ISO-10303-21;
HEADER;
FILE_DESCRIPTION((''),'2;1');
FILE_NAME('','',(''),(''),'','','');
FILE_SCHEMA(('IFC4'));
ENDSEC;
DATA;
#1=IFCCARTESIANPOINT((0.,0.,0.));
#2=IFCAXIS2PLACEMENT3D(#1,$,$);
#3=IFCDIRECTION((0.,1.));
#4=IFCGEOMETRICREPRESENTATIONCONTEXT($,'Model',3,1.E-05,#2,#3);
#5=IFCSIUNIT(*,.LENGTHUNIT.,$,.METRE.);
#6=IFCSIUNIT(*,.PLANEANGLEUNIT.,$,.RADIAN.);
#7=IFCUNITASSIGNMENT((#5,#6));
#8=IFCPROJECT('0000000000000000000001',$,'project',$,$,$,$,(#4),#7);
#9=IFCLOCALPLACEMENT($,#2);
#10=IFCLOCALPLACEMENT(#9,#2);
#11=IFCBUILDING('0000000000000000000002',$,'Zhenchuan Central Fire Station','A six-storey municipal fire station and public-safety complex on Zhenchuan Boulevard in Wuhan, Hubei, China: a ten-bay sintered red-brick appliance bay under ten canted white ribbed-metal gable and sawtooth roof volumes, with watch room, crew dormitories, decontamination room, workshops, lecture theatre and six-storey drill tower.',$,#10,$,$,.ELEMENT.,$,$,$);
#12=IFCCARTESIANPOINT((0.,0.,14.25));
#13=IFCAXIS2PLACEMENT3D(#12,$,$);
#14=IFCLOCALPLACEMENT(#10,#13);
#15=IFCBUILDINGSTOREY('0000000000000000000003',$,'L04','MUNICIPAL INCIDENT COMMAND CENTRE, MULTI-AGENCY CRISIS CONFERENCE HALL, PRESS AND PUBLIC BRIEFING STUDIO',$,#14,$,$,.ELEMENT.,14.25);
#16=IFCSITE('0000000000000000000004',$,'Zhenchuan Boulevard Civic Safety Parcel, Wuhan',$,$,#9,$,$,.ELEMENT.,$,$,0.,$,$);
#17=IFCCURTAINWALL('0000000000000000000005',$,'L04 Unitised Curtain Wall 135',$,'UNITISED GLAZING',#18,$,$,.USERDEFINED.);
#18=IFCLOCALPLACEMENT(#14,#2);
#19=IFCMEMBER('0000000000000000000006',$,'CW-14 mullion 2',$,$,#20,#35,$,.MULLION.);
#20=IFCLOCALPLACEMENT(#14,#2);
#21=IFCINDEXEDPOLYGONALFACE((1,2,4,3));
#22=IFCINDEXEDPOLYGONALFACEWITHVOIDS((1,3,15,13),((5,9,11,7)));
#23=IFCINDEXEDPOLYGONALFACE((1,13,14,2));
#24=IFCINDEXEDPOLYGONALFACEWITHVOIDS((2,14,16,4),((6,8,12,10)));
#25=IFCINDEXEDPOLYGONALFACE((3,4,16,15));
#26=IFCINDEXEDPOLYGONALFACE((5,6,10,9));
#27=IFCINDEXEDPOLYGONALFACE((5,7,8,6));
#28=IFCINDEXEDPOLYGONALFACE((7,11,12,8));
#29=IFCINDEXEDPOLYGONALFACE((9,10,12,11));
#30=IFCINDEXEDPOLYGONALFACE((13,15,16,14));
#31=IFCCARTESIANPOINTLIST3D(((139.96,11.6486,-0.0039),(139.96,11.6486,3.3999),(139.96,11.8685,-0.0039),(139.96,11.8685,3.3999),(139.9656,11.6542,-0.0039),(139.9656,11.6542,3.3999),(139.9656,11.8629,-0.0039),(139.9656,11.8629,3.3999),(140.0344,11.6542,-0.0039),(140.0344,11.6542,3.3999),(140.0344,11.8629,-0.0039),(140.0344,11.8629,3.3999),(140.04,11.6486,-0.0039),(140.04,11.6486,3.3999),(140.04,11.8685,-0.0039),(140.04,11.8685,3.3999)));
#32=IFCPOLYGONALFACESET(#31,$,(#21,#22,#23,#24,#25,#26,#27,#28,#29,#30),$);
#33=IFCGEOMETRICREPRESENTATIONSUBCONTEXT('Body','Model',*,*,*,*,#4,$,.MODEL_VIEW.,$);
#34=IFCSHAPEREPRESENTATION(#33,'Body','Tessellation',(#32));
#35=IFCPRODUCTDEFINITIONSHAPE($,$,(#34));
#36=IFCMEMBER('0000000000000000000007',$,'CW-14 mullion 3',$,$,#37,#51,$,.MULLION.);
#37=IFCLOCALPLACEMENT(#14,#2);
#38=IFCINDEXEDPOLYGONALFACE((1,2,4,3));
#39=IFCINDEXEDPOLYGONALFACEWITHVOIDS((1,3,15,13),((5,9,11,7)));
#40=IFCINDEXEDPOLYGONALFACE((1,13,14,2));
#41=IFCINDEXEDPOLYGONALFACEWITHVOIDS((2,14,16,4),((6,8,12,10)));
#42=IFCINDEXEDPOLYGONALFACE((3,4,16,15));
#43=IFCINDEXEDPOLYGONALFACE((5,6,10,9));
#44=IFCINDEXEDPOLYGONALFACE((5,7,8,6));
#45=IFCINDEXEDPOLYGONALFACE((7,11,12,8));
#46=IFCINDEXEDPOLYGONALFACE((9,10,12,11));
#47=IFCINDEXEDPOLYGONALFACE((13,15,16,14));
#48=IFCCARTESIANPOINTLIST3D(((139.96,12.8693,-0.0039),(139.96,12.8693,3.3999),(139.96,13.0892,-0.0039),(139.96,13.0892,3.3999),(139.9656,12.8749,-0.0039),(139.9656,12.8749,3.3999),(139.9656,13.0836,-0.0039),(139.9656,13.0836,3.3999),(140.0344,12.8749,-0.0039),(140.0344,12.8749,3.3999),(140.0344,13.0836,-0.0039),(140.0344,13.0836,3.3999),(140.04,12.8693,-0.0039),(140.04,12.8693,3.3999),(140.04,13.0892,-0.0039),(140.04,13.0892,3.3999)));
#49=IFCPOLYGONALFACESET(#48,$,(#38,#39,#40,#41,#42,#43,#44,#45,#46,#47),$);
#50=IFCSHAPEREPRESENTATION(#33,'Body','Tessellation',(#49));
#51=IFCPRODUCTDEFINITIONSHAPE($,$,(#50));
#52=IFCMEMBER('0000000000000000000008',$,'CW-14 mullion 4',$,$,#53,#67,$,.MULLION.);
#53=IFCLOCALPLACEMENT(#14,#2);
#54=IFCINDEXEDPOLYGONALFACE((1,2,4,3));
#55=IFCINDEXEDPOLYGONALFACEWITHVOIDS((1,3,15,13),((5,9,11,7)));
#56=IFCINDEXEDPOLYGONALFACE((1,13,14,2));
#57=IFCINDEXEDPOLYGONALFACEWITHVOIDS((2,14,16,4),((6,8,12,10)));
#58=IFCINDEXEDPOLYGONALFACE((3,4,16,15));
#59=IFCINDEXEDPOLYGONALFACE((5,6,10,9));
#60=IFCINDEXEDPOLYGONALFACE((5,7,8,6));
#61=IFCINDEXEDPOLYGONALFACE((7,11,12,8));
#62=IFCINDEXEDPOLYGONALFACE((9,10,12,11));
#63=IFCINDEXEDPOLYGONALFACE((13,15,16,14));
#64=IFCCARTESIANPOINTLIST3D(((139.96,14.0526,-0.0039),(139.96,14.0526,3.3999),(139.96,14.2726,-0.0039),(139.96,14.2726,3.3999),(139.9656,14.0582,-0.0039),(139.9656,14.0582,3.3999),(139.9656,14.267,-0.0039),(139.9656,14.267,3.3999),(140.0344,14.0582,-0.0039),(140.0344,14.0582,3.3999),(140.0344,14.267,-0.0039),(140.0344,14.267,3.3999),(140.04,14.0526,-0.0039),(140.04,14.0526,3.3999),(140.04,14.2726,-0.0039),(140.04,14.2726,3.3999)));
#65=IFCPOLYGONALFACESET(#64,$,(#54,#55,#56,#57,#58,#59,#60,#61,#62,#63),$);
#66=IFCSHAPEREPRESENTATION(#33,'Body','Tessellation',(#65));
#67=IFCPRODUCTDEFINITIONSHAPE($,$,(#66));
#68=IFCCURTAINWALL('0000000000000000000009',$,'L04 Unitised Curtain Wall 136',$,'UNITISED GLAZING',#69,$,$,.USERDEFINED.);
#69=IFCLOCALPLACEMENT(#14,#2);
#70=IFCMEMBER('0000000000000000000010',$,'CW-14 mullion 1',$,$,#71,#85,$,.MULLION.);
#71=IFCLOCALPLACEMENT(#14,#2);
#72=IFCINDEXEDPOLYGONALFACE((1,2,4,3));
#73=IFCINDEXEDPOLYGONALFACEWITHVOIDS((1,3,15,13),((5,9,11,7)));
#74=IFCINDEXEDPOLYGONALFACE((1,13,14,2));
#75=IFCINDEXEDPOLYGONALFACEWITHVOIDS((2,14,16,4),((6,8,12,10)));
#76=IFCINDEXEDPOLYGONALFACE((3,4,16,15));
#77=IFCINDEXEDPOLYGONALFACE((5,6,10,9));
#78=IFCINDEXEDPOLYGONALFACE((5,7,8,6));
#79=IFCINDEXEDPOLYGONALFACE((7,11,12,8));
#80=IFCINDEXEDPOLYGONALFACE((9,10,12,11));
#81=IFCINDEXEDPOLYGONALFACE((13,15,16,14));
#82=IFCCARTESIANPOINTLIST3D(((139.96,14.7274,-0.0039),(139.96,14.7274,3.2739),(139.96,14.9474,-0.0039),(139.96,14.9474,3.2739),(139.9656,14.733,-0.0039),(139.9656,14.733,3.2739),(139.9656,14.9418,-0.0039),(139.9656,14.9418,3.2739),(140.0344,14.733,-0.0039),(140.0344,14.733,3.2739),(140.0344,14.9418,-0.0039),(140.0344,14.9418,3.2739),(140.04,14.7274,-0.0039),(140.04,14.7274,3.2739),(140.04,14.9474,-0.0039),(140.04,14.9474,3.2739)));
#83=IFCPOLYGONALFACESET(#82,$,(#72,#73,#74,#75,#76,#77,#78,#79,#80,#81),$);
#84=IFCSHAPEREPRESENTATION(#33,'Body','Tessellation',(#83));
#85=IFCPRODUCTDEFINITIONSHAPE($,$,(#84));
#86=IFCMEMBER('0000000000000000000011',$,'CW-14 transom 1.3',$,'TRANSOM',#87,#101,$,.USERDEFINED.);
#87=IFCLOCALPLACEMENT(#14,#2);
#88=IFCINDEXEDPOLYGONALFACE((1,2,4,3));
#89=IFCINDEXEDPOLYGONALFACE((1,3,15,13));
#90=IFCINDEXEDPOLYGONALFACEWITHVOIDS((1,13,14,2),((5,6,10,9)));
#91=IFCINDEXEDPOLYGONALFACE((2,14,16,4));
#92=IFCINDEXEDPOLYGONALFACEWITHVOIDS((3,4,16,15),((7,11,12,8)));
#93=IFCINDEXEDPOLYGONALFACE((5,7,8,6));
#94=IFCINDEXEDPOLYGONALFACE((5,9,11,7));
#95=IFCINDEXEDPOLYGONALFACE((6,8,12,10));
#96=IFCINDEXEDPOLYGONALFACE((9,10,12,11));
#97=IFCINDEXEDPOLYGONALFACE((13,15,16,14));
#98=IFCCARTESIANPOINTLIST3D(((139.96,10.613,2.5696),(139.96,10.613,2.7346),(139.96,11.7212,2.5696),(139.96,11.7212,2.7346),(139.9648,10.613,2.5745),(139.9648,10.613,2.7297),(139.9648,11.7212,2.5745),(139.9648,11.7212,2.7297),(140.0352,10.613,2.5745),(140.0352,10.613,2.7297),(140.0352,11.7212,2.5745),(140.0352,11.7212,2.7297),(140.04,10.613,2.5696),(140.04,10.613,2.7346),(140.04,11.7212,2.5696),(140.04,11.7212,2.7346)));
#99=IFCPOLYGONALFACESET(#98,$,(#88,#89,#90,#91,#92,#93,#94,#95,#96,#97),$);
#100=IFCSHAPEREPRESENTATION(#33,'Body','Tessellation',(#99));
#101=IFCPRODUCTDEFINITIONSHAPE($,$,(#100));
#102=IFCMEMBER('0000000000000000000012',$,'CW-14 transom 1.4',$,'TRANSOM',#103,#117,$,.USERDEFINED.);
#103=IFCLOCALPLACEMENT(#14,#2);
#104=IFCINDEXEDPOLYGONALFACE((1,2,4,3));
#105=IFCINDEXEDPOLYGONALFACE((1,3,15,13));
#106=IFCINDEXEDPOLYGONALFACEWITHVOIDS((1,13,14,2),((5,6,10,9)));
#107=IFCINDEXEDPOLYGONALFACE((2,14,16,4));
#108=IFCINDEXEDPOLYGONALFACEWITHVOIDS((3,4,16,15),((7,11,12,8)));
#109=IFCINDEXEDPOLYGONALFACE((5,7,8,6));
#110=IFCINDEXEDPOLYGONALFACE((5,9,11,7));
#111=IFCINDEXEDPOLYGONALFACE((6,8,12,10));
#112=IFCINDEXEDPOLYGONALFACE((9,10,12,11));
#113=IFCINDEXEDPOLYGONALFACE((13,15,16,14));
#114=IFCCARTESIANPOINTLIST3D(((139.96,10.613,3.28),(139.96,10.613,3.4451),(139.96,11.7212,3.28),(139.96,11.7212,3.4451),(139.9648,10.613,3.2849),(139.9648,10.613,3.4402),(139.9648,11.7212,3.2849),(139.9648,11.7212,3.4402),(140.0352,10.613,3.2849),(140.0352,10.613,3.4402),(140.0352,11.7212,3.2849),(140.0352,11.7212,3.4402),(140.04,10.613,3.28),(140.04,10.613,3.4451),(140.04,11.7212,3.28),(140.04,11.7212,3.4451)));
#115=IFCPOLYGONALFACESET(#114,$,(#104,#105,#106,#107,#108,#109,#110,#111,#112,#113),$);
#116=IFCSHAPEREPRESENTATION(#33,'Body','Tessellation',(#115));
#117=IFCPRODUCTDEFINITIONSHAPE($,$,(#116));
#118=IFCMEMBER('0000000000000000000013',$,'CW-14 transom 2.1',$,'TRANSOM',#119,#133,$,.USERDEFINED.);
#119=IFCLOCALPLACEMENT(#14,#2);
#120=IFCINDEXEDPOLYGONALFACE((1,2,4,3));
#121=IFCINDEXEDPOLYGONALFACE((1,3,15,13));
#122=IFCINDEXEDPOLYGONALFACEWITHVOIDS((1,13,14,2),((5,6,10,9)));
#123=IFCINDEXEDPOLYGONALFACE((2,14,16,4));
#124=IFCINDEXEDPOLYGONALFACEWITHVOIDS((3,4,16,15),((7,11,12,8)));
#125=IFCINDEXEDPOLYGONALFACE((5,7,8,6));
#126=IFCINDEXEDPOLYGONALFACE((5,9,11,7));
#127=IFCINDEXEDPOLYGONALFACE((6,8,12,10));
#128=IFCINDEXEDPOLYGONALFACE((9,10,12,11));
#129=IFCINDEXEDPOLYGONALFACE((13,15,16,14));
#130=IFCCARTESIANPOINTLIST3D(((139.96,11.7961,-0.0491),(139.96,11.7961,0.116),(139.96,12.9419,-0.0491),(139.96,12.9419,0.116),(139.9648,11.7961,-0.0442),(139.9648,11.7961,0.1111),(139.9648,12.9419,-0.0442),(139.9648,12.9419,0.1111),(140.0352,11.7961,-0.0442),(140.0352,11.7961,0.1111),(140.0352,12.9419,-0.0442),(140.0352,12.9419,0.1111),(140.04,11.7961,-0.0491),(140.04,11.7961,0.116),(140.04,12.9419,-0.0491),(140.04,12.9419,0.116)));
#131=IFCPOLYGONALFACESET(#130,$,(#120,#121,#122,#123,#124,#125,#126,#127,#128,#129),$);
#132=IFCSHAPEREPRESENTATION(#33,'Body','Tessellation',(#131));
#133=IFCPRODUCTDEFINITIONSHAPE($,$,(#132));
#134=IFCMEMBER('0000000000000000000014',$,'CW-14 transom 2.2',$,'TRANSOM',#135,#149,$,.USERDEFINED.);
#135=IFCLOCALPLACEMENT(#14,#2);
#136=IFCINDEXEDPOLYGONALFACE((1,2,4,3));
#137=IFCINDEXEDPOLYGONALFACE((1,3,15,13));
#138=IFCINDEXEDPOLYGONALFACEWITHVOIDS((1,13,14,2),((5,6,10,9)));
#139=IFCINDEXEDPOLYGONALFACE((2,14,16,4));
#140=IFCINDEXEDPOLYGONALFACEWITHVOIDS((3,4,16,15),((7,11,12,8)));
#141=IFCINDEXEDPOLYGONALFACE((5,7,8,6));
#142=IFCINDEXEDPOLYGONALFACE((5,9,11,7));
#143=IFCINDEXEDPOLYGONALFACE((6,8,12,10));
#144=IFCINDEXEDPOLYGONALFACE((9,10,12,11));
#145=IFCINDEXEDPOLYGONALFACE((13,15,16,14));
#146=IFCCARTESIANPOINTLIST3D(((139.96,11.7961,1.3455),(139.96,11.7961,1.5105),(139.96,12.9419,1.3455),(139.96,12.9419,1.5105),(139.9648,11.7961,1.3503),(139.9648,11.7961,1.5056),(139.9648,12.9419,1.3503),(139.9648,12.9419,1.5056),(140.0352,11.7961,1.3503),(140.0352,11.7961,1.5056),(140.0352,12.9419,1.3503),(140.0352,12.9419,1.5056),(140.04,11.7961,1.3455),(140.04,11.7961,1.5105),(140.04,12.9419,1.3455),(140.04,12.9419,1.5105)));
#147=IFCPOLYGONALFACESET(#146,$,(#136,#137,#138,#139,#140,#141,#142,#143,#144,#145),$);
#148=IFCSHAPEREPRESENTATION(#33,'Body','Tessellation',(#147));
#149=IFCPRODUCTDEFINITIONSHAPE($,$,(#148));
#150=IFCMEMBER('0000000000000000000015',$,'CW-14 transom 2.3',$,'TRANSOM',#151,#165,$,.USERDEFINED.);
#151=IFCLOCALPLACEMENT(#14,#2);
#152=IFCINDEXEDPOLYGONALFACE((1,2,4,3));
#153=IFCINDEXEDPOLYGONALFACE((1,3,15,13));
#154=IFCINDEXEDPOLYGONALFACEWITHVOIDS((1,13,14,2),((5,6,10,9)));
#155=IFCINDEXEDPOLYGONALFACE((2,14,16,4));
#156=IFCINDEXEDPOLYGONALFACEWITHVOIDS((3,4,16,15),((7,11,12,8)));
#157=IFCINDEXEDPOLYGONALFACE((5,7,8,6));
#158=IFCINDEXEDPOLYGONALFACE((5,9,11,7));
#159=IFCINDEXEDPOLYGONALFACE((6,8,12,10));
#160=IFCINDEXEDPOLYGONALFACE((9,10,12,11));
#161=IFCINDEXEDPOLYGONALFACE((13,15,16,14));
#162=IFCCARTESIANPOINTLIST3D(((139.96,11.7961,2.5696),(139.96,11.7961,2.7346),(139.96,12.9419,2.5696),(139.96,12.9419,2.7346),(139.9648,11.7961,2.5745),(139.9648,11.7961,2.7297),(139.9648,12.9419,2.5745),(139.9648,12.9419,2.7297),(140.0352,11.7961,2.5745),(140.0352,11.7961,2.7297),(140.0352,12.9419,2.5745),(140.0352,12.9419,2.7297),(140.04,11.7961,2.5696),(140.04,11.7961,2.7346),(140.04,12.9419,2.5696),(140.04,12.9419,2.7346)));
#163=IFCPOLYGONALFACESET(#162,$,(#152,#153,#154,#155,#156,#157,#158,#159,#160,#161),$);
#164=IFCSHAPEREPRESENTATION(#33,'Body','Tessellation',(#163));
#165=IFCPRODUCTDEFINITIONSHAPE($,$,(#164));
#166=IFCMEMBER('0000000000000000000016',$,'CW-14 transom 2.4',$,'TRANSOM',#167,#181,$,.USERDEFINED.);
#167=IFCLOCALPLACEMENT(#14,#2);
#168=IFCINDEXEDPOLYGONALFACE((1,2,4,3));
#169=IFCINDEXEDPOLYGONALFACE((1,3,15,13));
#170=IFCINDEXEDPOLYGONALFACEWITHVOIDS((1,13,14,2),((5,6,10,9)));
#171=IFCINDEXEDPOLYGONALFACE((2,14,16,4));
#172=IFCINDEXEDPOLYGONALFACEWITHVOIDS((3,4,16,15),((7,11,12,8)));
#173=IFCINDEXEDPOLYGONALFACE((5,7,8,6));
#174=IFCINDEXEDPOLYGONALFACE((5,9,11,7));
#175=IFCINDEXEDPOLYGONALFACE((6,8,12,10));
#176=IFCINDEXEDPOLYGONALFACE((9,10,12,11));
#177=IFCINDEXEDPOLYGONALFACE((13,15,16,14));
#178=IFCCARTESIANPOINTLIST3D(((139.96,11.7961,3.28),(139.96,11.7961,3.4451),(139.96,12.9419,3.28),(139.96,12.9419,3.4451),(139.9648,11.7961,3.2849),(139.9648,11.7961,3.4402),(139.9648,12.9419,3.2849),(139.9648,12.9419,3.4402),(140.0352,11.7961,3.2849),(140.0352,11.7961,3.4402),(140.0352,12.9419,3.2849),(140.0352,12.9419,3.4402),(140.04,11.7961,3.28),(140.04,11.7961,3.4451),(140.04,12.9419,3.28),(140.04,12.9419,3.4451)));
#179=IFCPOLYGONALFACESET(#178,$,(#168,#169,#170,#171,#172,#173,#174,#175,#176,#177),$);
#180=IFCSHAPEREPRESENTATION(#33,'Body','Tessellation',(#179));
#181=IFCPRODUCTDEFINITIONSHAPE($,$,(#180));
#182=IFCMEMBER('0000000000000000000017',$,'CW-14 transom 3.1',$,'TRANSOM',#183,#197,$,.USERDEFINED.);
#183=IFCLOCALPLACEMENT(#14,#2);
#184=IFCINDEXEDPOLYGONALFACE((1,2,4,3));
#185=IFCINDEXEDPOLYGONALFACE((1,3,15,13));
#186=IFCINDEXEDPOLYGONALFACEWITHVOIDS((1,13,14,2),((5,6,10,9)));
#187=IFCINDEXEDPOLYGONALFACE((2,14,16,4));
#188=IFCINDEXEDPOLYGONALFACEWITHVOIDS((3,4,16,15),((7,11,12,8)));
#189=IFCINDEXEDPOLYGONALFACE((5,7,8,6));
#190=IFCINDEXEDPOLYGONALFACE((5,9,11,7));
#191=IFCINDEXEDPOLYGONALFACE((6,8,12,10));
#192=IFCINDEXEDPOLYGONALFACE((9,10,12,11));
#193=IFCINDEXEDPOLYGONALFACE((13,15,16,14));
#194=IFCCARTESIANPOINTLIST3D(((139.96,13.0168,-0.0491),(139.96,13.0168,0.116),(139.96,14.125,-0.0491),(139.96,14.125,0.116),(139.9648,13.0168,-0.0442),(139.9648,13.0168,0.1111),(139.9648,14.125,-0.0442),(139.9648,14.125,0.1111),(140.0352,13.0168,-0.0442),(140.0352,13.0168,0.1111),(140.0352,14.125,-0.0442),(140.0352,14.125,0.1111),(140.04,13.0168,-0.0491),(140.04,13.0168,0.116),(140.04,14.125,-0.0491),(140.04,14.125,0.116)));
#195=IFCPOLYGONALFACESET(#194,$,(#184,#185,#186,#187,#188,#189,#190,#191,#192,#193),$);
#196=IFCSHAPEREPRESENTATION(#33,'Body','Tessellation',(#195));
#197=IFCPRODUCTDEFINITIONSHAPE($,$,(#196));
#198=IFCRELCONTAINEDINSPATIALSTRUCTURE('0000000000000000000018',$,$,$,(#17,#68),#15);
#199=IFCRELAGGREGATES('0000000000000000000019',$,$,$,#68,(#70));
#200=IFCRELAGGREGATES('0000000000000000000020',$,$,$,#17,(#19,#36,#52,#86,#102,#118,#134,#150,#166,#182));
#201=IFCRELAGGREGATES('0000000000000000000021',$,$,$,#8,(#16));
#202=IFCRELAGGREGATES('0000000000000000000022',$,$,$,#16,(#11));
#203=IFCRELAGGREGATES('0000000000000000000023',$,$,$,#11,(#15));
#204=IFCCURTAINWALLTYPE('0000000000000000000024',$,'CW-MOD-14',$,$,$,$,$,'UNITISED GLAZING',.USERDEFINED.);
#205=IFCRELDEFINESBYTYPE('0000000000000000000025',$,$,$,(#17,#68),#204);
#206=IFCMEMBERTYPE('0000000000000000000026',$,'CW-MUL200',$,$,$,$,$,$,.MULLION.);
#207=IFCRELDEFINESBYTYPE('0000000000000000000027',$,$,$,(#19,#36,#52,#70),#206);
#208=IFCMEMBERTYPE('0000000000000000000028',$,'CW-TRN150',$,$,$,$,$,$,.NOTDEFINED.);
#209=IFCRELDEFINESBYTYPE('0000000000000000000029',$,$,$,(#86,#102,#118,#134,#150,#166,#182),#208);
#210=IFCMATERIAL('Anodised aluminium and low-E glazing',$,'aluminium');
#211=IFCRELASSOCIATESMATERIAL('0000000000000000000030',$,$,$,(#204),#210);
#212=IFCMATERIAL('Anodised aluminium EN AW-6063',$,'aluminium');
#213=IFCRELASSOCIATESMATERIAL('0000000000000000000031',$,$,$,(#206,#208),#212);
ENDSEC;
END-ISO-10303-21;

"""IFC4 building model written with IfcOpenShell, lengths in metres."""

from ifc_helpers import new_model, si_unit, direction, frame, origin, origin_2d, place, context, subcontext, project, spatial, hollow_rectangle, extrude, material, material_profile, profile_set, type_object, element, aggregate, save


model = new_model("IFC4")

# Units and contexts
model_context = context("Model", 3, precision=1e-05, world=origin(), true_north=direction((0.0, 1.0)))
body_context = subcontext(model_context, "Body", "Model", "MODEL_VIEW")
ifc_project = project(units=[si_unit("LENGTHUNIT", "METRE"), si_unit("PLANEANGLEUNIT", "RADIAN")], contexts=[model_context])

# Site, building, storey
site_placement = place(None, origin())
site = spatial("IfcSite", under=ifc_project, at=site_placement, Name="Zhenchuan Boulevard Civic Safety Parcel, Wuhan", CompositionType="ELEMENT", RefElevation=0.0)
building_placement = place(site_placement, origin())
building = spatial("IfcBuilding", under=site, at=building_placement, Name="Zhenchuan Central Fire Station", Description="A six-storey municipal fire station and public-safety complex on Zhenchuan Boulevard in Wuhan, Hubei, China: a ten-bay sintered red-brick appliance bay under ten canted white ribbed-metal gable and sawtooth roof volumes, with watch room, crew dormitories, decontamination room, workshops, lecture theatre and six-storey drill tower.", CompositionType="ELEMENT")
storey_placement = place(building_placement, frame((0.0, 0.0, 14.25)))
storey = spatial("IfcBuildingStorey", under=building, at=storey_placement, Name="L04", Description="MUNICIPAL INCIDENT COMMAND CENTRE, MULTI-AGENCY CRISIS CONFERENCE HALL, PRESS AND PUBLIC BRIEFING STUDIO", CompositionType="ELEMENT", Elevation=14.25)

# Curtain wall, members
ifc_material_1 = material(Name="Anodised aluminium and low-E glazing", Category="aluminium")
curtain_wall_type = type_object("IfcCurtainWallType", Name="CW-MOD-14", ElementType="UNITISED GLAZING", PredefinedType="USERDEFINED", material=ifc_material_1)
curtain_wall_1_placement = place(storey_placement, origin())
curtain_wall_1 = element("IfcCurtainWall", 1, at=curtain_wall_1_placement, inside=storey, type_object=curtain_wall_type, Name="L04 Unitised Curtain Wall 135", ObjectType="UNITISED GLAZING", PredefinedType="USERDEFINED")
ifc_material_2 = material(Name="Anodised aluminium EN AW-6063", Category="aluminium")
ifc_material_profile_1 = material_profile(ifc_material_2, hollow_rectangle(XDim=0.0801, YDim=0.22, WallThickness=0.0056, at=origin_2d()), Name="ALU-M 220x80")
ifc_profile_set_1 = profile_set([ifc_material_profile_1], Name="Anodised aluminium EN AW-6063")
member_type_1 = type_object("IfcMemberType", Name="CW-MUL200", PredefinedType="MULLION", material=ifc_profile_set_1)
member_1_placement = place(storey_placement, frame((140.0, 11.7585, -0.0039), z_axis=(0.0, 0.0, 1.0), x_axis=(-1.0, 0.0, 0.0)))
member_1 = element("IfcMember", 2, at=member_1_placement, type_object=member_type_1, Name="CW-14 mullion 2", PredefinedType="MULLION", context=body_context, shape_type="SweptSolid", body=[
    extrude(hollow_rectangle(XDim=0.0801, YDim=0.22, WallThickness=0.0056, at=origin_2d()), origin(), (0.0, 0.0, 1.0), 3.4038),
])
member_2_placement = place(storey_placement, frame((140.0, 12.9792, -0.0039), z_axis=(0.0, 0.0, 1.0), x_axis=(-1.0, 0.0, 0.0)))
member_2 = element("IfcMember", 3, at=member_2_placement, type_object=member_type_1, Name="CW-14 mullion 3", PredefinedType="MULLION", context=body_context, shape_type="SweptSolid", body=[
    extrude(hollow_rectangle(XDim=0.0801, YDim=0.22, WallThickness=0.0056, at=origin_2d()), origin(), (0.0, 0.0, 1.0), 3.4038),
])
member_3_placement = place(storey_placement, frame((140.0, 14.1626, -0.0039), z_axis=(0.0, 0.0, 1.0), x_axis=(-1.0, 0.0, 0.0)))
member_3 = element("IfcMember", 4, at=member_3_placement, type_object=member_type_1, Name="CW-14 mullion 4", PredefinedType="MULLION", context=body_context, shape_type="SweptSolid", body=[
    extrude(hollow_rectangle(XDim=0.0801, YDim=0.22, WallThickness=0.0056, at=origin_2d()), origin(), (0.0, 0.0, 1.0), 3.4038),
])

# Curtain wall, member
curtain_wall_2_placement = place(storey_placement, origin())
curtain_wall_2 = element("IfcCurtainWall", 5, at=curtain_wall_2_placement, inside=storey, type_object=curtain_wall_type, Name="L04 Unitised Curtain Wall 136", ObjectType="UNITISED GLAZING", PredefinedType="USERDEFINED")
member_4_placement = place(storey_placement, frame((140.0, 14.8374, -0.0039), z_axis=(0.0, 0.0, 1.0), x_axis=(-1.0, 0.0, 0.0)))
member_4 = element("IfcMember", 6, at=member_4_placement, type_object=member_type_1, Name="CW-14 mullion 1", PredefinedType="MULLION", context=body_context, shape_type="SweptSolid", body=[
    extrude(hollow_rectangle(XDim=0.0801, YDim=0.22, WallThickness=0.0056, at=origin_2d()), origin(), (0.0, 0.0, 1.0), 3.2778),
])

# Members
ifc_material_profile_2 = material_profile(ifc_material_2, hollow_rectangle(XDim=0.0801, YDim=0.165, WallThickness=0.0049, at=origin_2d()), Name="ALU-T 165x80")
ifc_profile_set_2 = profile_set([ifc_material_profile_2], Name="Anodised aluminium EN AW-6063")
member_type_2 = type_object("IfcMemberType", Name="CW-TRN150", PredefinedType="NOTDEFINED", material=ifc_profile_set_2)
member_5_placement = place(storey_placement, frame((140.0, 10.613, 2.6521), z_axis=(0.0, 1.0, 0.0), x_axis=(-1.0, 0.0, 0.0)))
member_5 = element("IfcMember", 7, at=member_5_placement, type_object=member_type_2, Name="CW-14 transom 1.3", ObjectType="TRANSOM", PredefinedType="USERDEFINED", context=body_context, shape_type="SweptSolid", body=[
    extrude(hollow_rectangle(XDim=0.0801, YDim=0.165, WallThickness=0.0049, at=origin_2d()), origin(), (0.0, 0.0, 1.0), 1.1082),
])
member_6_placement = place(storey_placement, frame((140.0, 10.613, 3.3625), z_axis=(0.0, 1.0, 0.0), x_axis=(-1.0, 0.0, 0.0)))
member_6 = element("IfcMember", 8, at=member_6_placement, type_object=member_type_2, Name="CW-14 transom 1.4", ObjectType="TRANSOM", PredefinedType="USERDEFINED", context=body_context, shape_type="SweptSolid", body=[
    extrude(hollow_rectangle(XDim=0.0801, YDim=0.165, WallThickness=0.0049, at=origin_2d()), origin(), (0.0, 0.0, 1.0), 1.1082),
])
member_7_placement = place(storey_placement, frame((140.0, 11.7961, 0.0334), z_axis=(0.0, 1.0, 0.0), x_axis=(-1.0, 0.0, 0.0)))
member_7 = element("IfcMember", 9, at=member_7_placement, type_object=member_type_2, Name="CW-14 transom 2.1", ObjectType="TRANSOM", PredefinedType="USERDEFINED", context=body_context, shape_type="SweptSolid", body=[
    extrude(hollow_rectangle(XDim=0.0801, YDim=0.165, WallThickness=0.0049, at=origin_2d()), origin(), (0.0, 0.0, 1.0), 1.1458),
])
member_8_placement = place(storey_placement, frame((140.0, 11.7961, 1.428), z_axis=(0.0, 1.0, 0.0), x_axis=(-1.0, 0.0, 0.0)))
member_8 = element("IfcMember", 10, at=member_8_placement, type_object=member_type_2, Name="CW-14 transom 2.2", ObjectType="TRANSOM", PredefinedType="USERDEFINED", context=body_context, shape_type="SweptSolid", body=[
    extrude(hollow_rectangle(XDim=0.0801, YDim=0.165, WallThickness=0.0049, at=origin_2d()), origin(), (0.0, 0.0, 1.0), 1.1458),
])
member_9_placement = place(storey_placement, frame((140.0, 11.7961, 2.6521), z_axis=(0.0, 1.0, 0.0), x_axis=(-1.0, 0.0, 0.0)))
member_9 = element("IfcMember", 11, at=member_9_placement, type_object=member_type_2, Name="CW-14 transom 2.3", ObjectType="TRANSOM", PredefinedType="USERDEFINED", context=body_context, shape_type="SweptSolid", body=[
    extrude(hollow_rectangle(XDim=0.0801, YDim=0.165, WallThickness=0.0049, at=origin_2d()), origin(), (0.0, 0.0, 1.0), 1.1458),
])
member_10_placement = place(storey_placement, frame((140.0, 11.7961, 3.3625), z_axis=(0.0, 1.0, 0.0), x_axis=(-1.0, 0.0, 0.0)))
member_10 = element("IfcMember", 12, at=member_10_placement, type_object=member_type_2, Name="CW-14 transom 2.4", ObjectType="TRANSOM", PredefinedType="USERDEFINED", context=body_context, shape_type="SweptSolid", body=[
    extrude(hollow_rectangle(XDim=0.0801, YDim=0.165, WallThickness=0.0049, at=origin_2d()), origin(), (0.0, 0.0, 1.0), 1.1458),
])
member_11_placement = place(storey_placement, frame((140.0, 13.0168, 0.0334), z_axis=(0.0, 1.0, 0.0), x_axis=(-1.0, 0.0, 0.0)))
member_11 = element("IfcMember", 13, at=member_11_placement, type_object=member_type_2, Name="CW-14 transom 3.1", ObjectType="TRANSOM", PredefinedType="USERDEFINED", context=body_context, shape_type="SweptSolid", body=[
    extrude(hollow_rectangle(XDim=0.0801, YDim=0.165, WallThickness=0.0049, at=origin_2d()), origin(), (0.0, 0.0, 1.0), 1.1082),
])
aggregate(curtain_wall_2, [member_4])

aggregate(curtain_wall_1, [member_1, member_2, member_3, member_5, member_6, member_7, member_8, member_9, member_10, member_11])

save(model, "model.ifc")
